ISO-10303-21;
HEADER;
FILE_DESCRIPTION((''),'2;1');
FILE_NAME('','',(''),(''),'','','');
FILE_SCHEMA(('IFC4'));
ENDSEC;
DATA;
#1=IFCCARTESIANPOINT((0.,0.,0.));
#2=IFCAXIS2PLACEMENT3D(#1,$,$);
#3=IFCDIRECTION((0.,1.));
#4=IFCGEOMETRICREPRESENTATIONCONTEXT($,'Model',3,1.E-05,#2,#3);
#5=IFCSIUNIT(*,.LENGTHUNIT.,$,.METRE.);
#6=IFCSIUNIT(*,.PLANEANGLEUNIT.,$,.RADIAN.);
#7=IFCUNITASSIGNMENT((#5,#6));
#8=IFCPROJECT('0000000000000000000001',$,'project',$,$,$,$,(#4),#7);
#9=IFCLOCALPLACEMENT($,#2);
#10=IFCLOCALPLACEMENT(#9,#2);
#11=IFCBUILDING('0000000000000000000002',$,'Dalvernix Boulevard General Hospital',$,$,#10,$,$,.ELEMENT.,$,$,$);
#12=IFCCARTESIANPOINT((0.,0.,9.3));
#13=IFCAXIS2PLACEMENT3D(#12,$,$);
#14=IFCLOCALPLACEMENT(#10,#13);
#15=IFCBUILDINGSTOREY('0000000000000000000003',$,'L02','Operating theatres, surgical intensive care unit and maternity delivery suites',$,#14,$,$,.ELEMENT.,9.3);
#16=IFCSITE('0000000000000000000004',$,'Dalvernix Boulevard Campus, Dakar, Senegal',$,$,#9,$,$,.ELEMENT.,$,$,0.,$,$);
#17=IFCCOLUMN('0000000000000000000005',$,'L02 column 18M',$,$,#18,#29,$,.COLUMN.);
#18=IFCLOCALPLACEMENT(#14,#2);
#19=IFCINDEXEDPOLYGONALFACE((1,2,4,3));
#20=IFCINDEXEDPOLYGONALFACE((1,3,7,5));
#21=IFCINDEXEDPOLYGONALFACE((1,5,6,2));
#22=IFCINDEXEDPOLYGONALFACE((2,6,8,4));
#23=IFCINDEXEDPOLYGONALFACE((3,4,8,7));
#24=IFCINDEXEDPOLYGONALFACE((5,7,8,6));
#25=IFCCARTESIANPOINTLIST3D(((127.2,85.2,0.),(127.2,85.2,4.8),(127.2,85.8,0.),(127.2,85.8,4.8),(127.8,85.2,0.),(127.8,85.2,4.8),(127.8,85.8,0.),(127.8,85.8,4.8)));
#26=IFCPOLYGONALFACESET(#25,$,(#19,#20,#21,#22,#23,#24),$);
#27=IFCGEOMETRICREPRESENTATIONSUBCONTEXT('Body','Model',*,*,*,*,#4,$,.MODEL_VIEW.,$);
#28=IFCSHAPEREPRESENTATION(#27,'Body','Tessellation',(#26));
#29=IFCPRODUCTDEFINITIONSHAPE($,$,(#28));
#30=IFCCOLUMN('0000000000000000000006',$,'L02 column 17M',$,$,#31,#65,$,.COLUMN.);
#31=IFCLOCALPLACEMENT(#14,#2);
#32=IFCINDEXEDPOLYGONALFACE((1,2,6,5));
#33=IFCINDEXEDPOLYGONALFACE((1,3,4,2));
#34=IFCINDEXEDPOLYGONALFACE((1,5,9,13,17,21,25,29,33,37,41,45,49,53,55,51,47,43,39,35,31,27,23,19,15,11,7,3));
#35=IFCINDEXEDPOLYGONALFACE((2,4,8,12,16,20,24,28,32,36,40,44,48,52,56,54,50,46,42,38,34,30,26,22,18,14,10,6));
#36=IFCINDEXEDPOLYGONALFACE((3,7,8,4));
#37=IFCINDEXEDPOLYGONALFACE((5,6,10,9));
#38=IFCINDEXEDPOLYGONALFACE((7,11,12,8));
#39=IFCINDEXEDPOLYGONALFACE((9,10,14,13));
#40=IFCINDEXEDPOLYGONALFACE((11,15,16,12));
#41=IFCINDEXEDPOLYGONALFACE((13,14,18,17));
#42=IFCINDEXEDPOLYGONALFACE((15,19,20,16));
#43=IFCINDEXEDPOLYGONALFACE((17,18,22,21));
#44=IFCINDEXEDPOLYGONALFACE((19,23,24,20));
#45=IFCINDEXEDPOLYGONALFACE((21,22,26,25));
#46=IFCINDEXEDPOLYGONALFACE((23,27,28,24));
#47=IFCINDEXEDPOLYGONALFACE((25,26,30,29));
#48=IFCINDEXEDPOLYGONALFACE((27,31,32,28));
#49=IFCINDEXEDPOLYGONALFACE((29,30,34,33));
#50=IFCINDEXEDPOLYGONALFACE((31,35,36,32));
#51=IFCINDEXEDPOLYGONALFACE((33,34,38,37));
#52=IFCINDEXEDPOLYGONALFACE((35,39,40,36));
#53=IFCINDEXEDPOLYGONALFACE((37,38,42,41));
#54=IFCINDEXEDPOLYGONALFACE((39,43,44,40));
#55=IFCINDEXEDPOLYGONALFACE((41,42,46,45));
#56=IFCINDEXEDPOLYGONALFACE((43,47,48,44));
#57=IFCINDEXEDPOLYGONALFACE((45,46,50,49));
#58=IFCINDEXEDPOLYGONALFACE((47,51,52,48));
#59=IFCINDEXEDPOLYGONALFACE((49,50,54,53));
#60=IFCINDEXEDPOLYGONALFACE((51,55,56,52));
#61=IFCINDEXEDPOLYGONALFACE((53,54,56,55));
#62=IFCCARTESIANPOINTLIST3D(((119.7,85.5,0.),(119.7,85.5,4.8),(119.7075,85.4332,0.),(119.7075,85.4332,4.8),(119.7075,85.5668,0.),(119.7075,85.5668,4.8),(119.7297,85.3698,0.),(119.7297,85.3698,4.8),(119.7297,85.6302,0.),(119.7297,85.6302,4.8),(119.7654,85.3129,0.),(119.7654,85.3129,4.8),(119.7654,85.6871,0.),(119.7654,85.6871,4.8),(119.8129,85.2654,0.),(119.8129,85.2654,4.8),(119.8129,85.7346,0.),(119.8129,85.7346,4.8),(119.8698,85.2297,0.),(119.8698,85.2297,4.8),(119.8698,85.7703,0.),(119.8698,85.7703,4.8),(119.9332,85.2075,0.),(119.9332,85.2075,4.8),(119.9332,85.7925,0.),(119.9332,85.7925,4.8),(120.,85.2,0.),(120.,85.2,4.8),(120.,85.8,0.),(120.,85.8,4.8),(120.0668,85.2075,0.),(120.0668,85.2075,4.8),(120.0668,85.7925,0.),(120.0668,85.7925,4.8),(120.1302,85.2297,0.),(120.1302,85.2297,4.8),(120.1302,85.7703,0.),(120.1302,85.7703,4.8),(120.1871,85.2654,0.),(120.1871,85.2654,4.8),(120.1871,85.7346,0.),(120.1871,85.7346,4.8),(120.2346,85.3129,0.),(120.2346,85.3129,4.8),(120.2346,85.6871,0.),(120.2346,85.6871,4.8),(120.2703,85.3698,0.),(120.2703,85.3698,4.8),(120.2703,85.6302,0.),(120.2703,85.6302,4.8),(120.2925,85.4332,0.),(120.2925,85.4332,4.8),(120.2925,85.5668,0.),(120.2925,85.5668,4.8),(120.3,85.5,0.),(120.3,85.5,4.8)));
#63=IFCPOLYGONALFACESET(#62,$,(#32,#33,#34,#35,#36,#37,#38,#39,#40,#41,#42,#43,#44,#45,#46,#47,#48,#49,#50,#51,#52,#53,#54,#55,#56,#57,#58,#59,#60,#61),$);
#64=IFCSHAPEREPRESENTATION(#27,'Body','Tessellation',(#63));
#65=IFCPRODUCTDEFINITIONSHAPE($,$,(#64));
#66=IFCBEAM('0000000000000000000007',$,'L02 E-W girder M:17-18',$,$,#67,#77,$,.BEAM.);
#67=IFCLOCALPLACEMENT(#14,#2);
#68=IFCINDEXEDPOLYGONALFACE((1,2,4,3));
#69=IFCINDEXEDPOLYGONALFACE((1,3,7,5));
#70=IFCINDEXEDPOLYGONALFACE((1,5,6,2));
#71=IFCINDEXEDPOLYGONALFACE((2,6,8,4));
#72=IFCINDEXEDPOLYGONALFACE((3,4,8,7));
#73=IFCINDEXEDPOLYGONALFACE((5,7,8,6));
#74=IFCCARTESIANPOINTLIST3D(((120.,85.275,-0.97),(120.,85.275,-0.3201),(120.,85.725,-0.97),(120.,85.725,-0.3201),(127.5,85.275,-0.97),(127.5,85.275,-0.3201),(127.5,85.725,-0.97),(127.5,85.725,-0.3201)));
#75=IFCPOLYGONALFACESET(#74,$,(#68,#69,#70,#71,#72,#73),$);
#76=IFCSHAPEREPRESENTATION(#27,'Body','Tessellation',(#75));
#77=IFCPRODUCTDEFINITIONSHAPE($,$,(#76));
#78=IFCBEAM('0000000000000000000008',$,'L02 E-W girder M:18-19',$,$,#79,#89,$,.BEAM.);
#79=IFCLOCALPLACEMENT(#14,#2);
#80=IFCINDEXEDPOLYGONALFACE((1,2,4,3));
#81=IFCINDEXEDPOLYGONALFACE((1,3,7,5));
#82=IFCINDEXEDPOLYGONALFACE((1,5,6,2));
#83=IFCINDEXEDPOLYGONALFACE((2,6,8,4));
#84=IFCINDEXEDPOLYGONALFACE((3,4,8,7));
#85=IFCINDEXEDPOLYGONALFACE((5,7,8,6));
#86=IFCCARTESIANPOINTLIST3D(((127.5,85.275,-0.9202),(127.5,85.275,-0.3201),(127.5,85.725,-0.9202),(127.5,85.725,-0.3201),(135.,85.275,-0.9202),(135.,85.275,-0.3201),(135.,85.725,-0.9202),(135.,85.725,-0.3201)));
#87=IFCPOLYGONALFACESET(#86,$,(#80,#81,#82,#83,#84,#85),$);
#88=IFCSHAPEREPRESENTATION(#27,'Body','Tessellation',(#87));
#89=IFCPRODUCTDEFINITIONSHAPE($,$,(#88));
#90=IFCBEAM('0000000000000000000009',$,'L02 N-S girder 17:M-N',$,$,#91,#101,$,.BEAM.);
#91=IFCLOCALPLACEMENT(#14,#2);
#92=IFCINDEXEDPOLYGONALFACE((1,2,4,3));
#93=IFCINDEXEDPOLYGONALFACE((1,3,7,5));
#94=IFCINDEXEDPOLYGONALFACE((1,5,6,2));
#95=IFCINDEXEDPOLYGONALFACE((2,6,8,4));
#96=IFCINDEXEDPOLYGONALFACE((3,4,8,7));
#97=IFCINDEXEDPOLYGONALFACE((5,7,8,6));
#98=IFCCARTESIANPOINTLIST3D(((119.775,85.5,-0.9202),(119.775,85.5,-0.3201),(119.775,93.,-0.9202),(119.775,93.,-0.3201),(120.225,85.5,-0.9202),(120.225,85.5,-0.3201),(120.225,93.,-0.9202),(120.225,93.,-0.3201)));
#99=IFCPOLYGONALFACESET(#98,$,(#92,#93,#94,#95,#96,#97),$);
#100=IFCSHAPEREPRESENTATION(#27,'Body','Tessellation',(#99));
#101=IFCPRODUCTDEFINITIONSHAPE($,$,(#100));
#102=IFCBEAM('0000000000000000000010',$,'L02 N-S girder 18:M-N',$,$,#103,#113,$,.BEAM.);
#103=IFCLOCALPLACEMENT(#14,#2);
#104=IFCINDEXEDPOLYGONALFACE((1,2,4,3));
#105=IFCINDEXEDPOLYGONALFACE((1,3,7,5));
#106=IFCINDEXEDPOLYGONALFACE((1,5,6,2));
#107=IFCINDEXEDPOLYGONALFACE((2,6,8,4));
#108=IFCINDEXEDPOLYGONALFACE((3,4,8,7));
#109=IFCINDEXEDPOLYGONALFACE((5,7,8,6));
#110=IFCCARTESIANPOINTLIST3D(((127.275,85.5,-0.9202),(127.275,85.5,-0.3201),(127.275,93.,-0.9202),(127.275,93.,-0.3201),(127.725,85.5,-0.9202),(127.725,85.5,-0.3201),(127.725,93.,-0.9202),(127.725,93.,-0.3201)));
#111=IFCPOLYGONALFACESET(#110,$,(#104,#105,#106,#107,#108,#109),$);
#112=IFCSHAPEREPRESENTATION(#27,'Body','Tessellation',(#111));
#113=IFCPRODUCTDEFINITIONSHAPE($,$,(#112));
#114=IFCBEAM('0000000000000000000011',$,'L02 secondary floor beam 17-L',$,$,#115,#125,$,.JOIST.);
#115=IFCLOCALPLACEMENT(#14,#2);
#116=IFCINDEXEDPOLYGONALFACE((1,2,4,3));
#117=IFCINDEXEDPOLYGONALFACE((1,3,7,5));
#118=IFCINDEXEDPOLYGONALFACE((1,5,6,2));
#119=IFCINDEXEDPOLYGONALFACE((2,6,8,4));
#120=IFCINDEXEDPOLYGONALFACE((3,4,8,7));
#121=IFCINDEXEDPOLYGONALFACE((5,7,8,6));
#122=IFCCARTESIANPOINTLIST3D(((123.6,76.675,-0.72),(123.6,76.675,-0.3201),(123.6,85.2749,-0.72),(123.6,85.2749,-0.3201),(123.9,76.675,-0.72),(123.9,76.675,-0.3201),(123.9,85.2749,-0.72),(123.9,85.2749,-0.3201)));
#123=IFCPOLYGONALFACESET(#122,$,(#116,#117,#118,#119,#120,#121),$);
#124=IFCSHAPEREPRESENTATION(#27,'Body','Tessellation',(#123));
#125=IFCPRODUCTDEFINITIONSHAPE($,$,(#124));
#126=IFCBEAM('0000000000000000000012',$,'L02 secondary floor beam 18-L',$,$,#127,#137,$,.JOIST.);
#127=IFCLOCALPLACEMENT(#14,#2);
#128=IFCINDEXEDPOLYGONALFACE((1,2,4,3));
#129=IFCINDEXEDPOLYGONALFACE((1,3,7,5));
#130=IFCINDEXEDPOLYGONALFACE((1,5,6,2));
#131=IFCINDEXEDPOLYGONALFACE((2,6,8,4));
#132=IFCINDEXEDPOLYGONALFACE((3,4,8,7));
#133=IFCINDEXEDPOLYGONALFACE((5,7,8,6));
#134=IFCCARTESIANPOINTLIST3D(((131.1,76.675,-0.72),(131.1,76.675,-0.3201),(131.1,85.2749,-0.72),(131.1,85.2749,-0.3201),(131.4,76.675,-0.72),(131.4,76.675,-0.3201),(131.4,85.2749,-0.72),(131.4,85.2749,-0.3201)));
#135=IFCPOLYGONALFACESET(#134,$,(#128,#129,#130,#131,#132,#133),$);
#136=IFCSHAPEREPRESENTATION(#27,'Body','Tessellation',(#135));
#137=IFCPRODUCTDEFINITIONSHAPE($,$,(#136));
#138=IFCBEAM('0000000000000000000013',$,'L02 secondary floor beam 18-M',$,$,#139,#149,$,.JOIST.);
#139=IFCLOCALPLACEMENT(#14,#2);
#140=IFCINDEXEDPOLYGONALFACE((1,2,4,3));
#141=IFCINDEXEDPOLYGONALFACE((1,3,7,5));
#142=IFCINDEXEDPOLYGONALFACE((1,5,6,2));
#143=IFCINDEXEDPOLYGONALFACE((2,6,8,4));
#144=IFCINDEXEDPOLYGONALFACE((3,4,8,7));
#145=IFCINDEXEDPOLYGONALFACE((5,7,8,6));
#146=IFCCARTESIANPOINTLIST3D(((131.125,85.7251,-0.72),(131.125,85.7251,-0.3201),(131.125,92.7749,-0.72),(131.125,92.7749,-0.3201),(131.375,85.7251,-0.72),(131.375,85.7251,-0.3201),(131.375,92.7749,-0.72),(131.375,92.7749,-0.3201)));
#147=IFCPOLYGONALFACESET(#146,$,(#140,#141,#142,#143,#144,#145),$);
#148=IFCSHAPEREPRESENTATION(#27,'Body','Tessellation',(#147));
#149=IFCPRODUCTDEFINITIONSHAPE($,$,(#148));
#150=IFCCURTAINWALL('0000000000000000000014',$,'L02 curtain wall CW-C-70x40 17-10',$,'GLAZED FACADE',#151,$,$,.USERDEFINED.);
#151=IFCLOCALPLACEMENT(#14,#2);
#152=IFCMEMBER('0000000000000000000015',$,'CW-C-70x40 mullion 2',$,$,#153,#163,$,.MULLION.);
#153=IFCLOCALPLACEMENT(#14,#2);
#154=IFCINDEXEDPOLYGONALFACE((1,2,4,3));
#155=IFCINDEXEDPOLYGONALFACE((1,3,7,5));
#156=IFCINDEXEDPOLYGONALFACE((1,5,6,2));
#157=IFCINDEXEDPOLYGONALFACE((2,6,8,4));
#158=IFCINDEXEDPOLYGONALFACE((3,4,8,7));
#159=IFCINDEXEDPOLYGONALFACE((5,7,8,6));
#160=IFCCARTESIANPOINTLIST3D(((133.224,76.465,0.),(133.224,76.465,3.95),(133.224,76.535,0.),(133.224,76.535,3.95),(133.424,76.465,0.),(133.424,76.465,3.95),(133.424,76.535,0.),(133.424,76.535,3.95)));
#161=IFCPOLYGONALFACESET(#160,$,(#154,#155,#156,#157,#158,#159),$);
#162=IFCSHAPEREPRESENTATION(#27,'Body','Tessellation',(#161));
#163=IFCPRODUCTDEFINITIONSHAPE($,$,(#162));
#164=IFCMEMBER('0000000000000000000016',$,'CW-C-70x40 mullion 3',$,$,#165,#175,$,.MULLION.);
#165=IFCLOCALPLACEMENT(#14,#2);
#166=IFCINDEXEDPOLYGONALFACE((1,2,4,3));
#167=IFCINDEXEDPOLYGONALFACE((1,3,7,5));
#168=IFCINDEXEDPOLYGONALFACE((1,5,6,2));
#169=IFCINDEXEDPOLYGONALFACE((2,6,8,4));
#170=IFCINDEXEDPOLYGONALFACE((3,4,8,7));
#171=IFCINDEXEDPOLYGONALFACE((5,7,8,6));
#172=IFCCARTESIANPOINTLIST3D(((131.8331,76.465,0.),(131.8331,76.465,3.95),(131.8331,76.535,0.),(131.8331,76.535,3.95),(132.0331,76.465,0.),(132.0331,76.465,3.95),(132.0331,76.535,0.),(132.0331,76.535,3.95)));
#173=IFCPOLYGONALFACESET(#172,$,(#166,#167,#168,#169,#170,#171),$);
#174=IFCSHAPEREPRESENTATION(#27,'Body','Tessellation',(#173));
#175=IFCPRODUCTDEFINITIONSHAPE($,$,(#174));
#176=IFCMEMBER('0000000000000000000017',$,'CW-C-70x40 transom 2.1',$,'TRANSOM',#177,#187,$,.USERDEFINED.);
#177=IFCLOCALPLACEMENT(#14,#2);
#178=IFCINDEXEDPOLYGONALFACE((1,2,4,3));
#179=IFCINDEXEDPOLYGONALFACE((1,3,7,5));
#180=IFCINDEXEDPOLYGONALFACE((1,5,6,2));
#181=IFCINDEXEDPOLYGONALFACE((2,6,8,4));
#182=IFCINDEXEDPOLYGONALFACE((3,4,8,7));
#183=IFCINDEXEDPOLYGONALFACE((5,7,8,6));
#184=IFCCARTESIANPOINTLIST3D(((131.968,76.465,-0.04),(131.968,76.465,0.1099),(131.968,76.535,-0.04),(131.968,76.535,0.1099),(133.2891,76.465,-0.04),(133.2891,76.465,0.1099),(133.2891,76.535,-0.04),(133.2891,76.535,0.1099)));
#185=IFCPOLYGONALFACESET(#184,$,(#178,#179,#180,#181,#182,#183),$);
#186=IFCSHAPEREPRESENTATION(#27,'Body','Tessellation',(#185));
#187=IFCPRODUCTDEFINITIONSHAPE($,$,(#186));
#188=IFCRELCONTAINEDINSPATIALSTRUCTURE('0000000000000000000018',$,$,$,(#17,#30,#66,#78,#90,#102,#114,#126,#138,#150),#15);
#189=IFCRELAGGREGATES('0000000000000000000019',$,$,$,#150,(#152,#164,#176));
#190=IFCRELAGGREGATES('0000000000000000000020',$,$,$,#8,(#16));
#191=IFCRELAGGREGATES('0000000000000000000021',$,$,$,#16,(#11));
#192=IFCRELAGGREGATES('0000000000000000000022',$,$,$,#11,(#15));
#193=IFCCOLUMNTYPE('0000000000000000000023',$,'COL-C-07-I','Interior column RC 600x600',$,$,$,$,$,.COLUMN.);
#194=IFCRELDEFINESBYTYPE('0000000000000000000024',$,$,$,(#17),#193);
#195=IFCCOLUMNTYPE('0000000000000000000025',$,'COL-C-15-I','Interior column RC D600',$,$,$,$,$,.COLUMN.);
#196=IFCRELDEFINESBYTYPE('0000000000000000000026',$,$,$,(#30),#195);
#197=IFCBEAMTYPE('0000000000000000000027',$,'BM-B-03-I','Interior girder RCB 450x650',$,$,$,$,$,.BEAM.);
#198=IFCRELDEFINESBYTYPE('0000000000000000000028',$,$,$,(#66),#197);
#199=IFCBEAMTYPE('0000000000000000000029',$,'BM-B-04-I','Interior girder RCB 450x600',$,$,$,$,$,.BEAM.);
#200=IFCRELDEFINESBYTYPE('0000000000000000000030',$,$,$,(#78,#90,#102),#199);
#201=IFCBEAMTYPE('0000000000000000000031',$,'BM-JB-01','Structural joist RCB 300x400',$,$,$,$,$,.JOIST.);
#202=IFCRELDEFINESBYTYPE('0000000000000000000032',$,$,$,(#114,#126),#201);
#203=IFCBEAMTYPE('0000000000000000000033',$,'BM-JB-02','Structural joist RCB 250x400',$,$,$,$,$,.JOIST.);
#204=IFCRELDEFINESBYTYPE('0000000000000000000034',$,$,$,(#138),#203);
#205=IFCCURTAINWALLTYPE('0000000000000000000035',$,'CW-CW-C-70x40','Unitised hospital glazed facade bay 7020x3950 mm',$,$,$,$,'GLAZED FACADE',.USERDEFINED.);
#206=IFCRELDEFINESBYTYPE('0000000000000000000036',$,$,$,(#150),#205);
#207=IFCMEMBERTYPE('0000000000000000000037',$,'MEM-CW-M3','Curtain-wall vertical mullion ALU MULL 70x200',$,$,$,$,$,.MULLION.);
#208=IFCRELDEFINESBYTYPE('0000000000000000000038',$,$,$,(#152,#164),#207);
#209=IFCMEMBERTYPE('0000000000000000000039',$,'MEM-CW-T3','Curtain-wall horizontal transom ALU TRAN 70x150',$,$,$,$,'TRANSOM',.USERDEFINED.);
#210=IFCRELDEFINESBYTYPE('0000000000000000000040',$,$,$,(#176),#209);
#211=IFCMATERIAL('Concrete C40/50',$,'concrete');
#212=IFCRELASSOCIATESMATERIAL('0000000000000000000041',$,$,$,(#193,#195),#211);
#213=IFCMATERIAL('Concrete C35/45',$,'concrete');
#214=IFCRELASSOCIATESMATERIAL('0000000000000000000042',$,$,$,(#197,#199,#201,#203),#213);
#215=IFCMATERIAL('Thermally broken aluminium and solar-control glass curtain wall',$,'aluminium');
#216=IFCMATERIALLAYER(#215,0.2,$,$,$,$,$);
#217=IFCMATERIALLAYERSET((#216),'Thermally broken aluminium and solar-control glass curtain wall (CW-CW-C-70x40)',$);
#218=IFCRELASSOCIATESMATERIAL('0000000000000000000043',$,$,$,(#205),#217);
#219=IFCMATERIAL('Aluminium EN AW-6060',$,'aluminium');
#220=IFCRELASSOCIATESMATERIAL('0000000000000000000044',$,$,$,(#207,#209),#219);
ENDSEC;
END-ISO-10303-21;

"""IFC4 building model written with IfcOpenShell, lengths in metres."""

from ifc_helpers import new_model, si_unit, direction, frame, origin, origin_2d, place, context, subcontext, project, spatial, rectangle, circle, extrude, material, layer, layer_set, material_profile, profile_set, type_object, element, aggregate, save


model = new_model("IFC4")

# Units and contexts
model_context = context("Model", 3, precision=1e-05, world=origin(), true_north=direction((0.0, 1.0)))
body_context = subcontext(model_context, "Body", "Model", "MODEL_VIEW")
ifc_project = project(units=[si_unit("LENGTHUNIT", "METRE"), si_unit("PLANEANGLEUNIT", "RADIAN")], contexts=[model_context])

# Site, building, storey
site_placement = place(None, origin())
site = spatial("IfcSite", under=ifc_project, at=site_placement, Name="Dalvernix Boulevard Campus, Dakar, Senegal", CompositionType="ELEMENT", RefElevation=0.0)
building_placement = place(site_placement, origin())
building = spatial("IfcBuilding", under=site, at=building_placement, Name="Dalvernix Boulevard General Hospital", CompositionType="ELEMENT")
storey_placement = place(building_placement, frame((0.0, 0.0, 9.3)))
storey = spatial("IfcBuildingStorey", under=building, at=storey_placement, Name="L02", Description="Operating theatres, surgical intensive care unit and maternity delivery suites", CompositionType="ELEMENT", Elevation=9.3)

# Columns
ifc_material_1 = material(Name="Concrete C40/50", Category="concrete")
ifc_material_profile_1 = material_profile(ifc_material_1, rectangle(XDim=0.6001, YDim=0.6001, at=origin_2d()), Name="RC 600x600")
ifc_profile_set_1 = profile_set([ifc_material_profile_1], Name="Concrete C40/50")
column_type_1 = type_object("IfcColumnType", Name="COL-C-07-I", Description="Interior column RC 600x600", PredefinedType="COLUMN", material=ifc_profile_set_1)
column_1_placement = place(storey_placement, frame((127.5, 85.5, 0.0), z_axis=(0.0, 0.0, 1.0), x_axis=(1.0, 0.0, 0.0)))
element("IfcColumn", 1, at=column_1_placement, inside=storey, type_object=column_type_1, Name="L02 column 18M", PredefinedType="COLUMN", context=body_context, shape_type="SweptSolid", body=[
    extrude(rectangle(XDim=0.6001, YDim=0.6001, at=origin_2d()), origin(), (0.0, 0.0, 1.0), 4.8),
])
ifc_material_profile_2 = material_profile(ifc_material_1, circle(Radius=0.3, at=origin_2d()), Name="RC D600")
ifc_profile_set_2 = profile_set([ifc_material_profile_2], Name="Concrete C40/50")
column_type_2 = type_object("IfcColumnType", Name="COL-C-15-I", Description="Interior column RC D600", PredefinedType="COLUMN", material=ifc_profile_set_2)
column_2_placement = place(storey_placement, frame((120.0, 85.5, 0.0), z_axis=(0.0, 0.0, 1.0), x_axis=(1.0, 0.0, 0.0)))
element("IfcColumn", 2, at=column_2_placement, inside=storey, type_object=column_type_2, Name="L02 column 17M", PredefinedType="COLUMN", context=body_context, shape_type="SweptSolid", body=[
    extrude(circle(Radius=0.3, at=origin_2d()), origin(), (0.0, 0.0, 1.0), 4.8),
])

# Beams
ifc_material_2 = material(Name="Concrete C35/45", Category="concrete")
ifc_material_profile_3 = material_profile(ifc_material_2, rectangle(XDim=0.45, YDim=0.6499, at=origin_2d()), Name="RCB 450x650")
ifc_profile_set_3 = profile_set([ifc_material_profile_3], Name="Concrete C35/45")
beam_type_1 = type_object("IfcBeamType", Name="BM-B-03-I", Description="Interior girder RCB 450x650", PredefinedType="BEAM", material=ifc_profile_set_3)
beam_1_placement = place(storey_placement, frame((120.0, 85.5, -0.645), z_axis=(1.0, 0.0, 0.0), x_axis=(0.0, 1.0, 0.0)))
element("IfcBeam", 3, at=beam_1_placement, inside=storey, type_object=beam_type_1, Name="L02 E-W girder M:17-18", PredefinedType="BEAM", context=body_context, shape_type="SweptSolid", body=[
    extrude(rectangle(XDim=0.45, YDim=0.6499, at=origin_2d()), origin(), (0.0, 0.0, 1.0), 7.5),
])
ifc_material_profile_4 = material_profile(ifc_material_2, rectangle(XDim=0.45, YDim=0.6001, at=origin_2d()), Name="RCB 450x600")
ifc_profile_set_4 = profile_set([ifc_material_profile_4], Name="Concrete C35/45")
beam_type_2 = type_object("IfcBeamType", Name="BM-B-04-I", Description="Interior girder RCB 450x600", PredefinedType="BEAM", material=ifc_profile_set_4)
for number, where, z_axis, x_axis, name in (
    (4, (127.5, 85.5, -0.6201), (1.0, 0.0, 0.0), (0.0, 1.0, 0.0), "L02 E-W girder M:18-19"),
    (5, (120.0, 85.5, -0.6201), (0.0, 1.0, 0.0), (-1.0, 0.0, 0.0), "L02 N-S girder 17:M-N"),
    (6, (127.5, 85.5, -0.6201), (0.0, 1.0, 0.0), (-1.0, 0.0, 0.0), "L02 N-S girder 18:M-N"),
):
    element("IfcBeam", number, at=place(storey_placement, frame(where, z_axis=z_axis, x_axis=x_axis)), inside=storey, type_object=beam_type_2, Name=name, PredefinedType="BEAM", context=body_context, shape_type="SweptSolid", body=[
        extrude(rectangle(XDim=0.45, YDim=0.6001, at=origin_2d()), origin(), (0.0, 0.0, 1.0), 7.5),
    ])
ifc_material_profile_5 = material_profile(ifc_material_2, rectangle(XDim=0.3, YDim=0.3999, at=origin_2d()), Name="RCB 300x400")
ifc_profile_set_5 = profile_set([ifc_material_profile_5], Name="Concrete C35/45")
beam_type_3 = type_object("IfcBeamType", Name="BM-JB-01", Description="Structural joist RCB 300x400", PredefinedType="JOIST", material=ifc_profile_set_5)
for number, where, z_axis, x_axis, name in (
    (7, (123.75, 76.675, -0.52), (0.0, 1.0, 0.0), (-1.0, 0.0, 0.0), "L02 secondary floor beam 17-L"),
    (8, (131.25, 76.675, -0.52), (0.0, 1.0, 0.0), (-1.0, 0.0, 0.0), "L02 secondary floor beam 18-L"),
):
    element("IfcBeam", number, at=place(storey_placement, frame(where, z_axis=z_axis, x_axis=x_axis)), inside=storey, type_object=beam_type_3, Name=name, PredefinedType="JOIST", context=body_context, shape_type="SweptSolid", body=[
        extrude(rectangle(XDim=0.3, YDim=0.3999, at=origin_2d()), origin(), (0.0, 0.0, 1.0), 8.5999),
    ])
ifc_material_profile_6 = material_profile(ifc_material_2, rectangle(XDim=0.25, YDim=0.3999, at=origin_2d()), Name="RCB 250x400")
ifc_profile_set_6 = profile_set([ifc_material_profile_6], Name="Concrete C35/45")
beam_type_4 = type_object("IfcBeamType", Name="BM-JB-02", Description="Structural joist RCB 250x400", PredefinedType="JOIST", material=ifc_profile_set_6)
beam_2_placement = place(storey_placement, frame((131.25, 85.7251, -0.52), z_axis=(0.0, 1.0, 0.0), x_axis=(-1.0, 0.0, 0.0)))
element("IfcBeam", 9, at=beam_2_placement, inside=storey, type_object=beam_type_4, Name="L02 secondary floor beam 18-M", PredefinedType="JOIST", context=body_context, shape_type="SweptSolid", body=[
    extrude(rectangle(XDim=0.25, YDim=0.3999, at=origin_2d()), origin(), (0.0, 0.0, 1.0), 7.0498),
])

# Curtain wall, members
ifc_material_3 = material(Name="Thermally broken aluminium and solar-control glass curtain wall", Category="aluminium")
ifc_layer_1 = layer(ifc_material_3, 0.2)
ifc_layer_set_1 = layer_set([ifc_layer_1], Name="Thermally broken aluminium and solar-control glass curtain wall (CW-CW-C-70x40)")
curtain_wall_type = type_object("IfcCurtainWallType", Name="CW-CW-C-70x40", Description="Unitised hospital glazed facade bay 7020x3950 mm", ElementType="GLAZED FACADE", PredefinedType="USERDEFINED", material=ifc_layer_set_1)
curtain_wall_placement = place(storey_placement, origin())
curtain_wall = element("IfcCurtainWall", 10, at=curtain_wall_placement, inside=storey, type_object=curtain_wall_type, Name="L02 curtain wall CW-C-70x40 17-10", ObjectType="GLAZED FACADE", PredefinedType="USERDEFINED")
ifc_material_4 = material(Name="Aluminium EN AW-6060", Category="aluminium")
ifc_material_profile_7 = material_profile(ifc_material_4, rectangle(XDim=0.0701, YDim=0.2, at=origin_2d()), Name="ALU MULL 70x200")
ifc_profile_set_7 = profile_set([ifc_material_profile_7], Name="Aluminium EN AW-6060")
member_type_1 = type_object("IfcMemberType", Name="MEM-CW-M3", Description="Curtain-wall vertical mullion ALU MULL 70x200", PredefinedType="MULLION", material=ifc_profile_set_7)
member_1_placement = place(storey_placement, frame((133.324, 76.5, 0.0), z_axis=(0.0, 0.0, 1.0), x_axis=(0.0, -1.0, 0.0)))
member_1 = element("IfcMember", 11, at=member_1_placement, type_object=member_type_1, Name="CW-C-70x40 mullion 2", PredefinedType="MULLION", context=body_context, shape_type="SweptSolid", body=[
    extrude(rectangle(XDim=0.0701, YDim=0.2, at=origin_2d()), origin(), (0.0, 0.0, 1.0), 3.95),
])
member_2_placement = place(storey_placement, frame((131.9331, 76.5, 0.0), z_axis=(0.0, 0.0, 1.0), x_axis=(0.0, -1.0, 0.0)))
member_2 = element("IfcMember", 12, at=member_2_placement, type_object=member_type_1, Name="CW-C-70x40 mullion 3", PredefinedType="MULLION", context=body_context, shape_type="SweptSolid", body=[
    extrude(rectangle(XDim=0.0701, YDim=0.2, at=origin_2d()), origin(), (0.0, 0.0, 1.0), 3.95),
])
ifc_material_profile_8 = material_profile(ifc_material_4, rectangle(XDim=0.0701, YDim=0.1499, at=origin_2d()), Name="ALU TRAN 70x150")
ifc_profile_set_8 = profile_set([ifc_material_profile_8], Name="Aluminium EN AW-6060")
member_type_2 = type_object("IfcMemberType", Name="MEM-CW-T3", Description="Curtain-wall horizontal transom ALU TRAN 70x150", ElementType="TRANSOM", PredefinedType="USERDEFINED", material=ifc_profile_set_8)
member_3_placement = place(storey_placement, frame((133.2891, 76.5, 0.0349), z_axis=(-1.0, 0.0, 0.0), x_axis=(0.0, -1.0, 0.0)))
member_3 = element("IfcMember", 13, at=member_3_placement, type_object=member_type_2, Name="CW-C-70x40 transom 2.1", ObjectType="TRANSOM", PredefinedType="USERDEFINED", context=body_context, shape_type="SweptSolid", body=[
    extrude(rectangle(XDim=0.0701, YDim=0.1499, at=origin_2d()), origin(), (0.0, 0.0, 1.0), 1.321),
])
aggregate(curtain_wall, [member_1, member_2, member_3])

save(model, "model.ifc")
